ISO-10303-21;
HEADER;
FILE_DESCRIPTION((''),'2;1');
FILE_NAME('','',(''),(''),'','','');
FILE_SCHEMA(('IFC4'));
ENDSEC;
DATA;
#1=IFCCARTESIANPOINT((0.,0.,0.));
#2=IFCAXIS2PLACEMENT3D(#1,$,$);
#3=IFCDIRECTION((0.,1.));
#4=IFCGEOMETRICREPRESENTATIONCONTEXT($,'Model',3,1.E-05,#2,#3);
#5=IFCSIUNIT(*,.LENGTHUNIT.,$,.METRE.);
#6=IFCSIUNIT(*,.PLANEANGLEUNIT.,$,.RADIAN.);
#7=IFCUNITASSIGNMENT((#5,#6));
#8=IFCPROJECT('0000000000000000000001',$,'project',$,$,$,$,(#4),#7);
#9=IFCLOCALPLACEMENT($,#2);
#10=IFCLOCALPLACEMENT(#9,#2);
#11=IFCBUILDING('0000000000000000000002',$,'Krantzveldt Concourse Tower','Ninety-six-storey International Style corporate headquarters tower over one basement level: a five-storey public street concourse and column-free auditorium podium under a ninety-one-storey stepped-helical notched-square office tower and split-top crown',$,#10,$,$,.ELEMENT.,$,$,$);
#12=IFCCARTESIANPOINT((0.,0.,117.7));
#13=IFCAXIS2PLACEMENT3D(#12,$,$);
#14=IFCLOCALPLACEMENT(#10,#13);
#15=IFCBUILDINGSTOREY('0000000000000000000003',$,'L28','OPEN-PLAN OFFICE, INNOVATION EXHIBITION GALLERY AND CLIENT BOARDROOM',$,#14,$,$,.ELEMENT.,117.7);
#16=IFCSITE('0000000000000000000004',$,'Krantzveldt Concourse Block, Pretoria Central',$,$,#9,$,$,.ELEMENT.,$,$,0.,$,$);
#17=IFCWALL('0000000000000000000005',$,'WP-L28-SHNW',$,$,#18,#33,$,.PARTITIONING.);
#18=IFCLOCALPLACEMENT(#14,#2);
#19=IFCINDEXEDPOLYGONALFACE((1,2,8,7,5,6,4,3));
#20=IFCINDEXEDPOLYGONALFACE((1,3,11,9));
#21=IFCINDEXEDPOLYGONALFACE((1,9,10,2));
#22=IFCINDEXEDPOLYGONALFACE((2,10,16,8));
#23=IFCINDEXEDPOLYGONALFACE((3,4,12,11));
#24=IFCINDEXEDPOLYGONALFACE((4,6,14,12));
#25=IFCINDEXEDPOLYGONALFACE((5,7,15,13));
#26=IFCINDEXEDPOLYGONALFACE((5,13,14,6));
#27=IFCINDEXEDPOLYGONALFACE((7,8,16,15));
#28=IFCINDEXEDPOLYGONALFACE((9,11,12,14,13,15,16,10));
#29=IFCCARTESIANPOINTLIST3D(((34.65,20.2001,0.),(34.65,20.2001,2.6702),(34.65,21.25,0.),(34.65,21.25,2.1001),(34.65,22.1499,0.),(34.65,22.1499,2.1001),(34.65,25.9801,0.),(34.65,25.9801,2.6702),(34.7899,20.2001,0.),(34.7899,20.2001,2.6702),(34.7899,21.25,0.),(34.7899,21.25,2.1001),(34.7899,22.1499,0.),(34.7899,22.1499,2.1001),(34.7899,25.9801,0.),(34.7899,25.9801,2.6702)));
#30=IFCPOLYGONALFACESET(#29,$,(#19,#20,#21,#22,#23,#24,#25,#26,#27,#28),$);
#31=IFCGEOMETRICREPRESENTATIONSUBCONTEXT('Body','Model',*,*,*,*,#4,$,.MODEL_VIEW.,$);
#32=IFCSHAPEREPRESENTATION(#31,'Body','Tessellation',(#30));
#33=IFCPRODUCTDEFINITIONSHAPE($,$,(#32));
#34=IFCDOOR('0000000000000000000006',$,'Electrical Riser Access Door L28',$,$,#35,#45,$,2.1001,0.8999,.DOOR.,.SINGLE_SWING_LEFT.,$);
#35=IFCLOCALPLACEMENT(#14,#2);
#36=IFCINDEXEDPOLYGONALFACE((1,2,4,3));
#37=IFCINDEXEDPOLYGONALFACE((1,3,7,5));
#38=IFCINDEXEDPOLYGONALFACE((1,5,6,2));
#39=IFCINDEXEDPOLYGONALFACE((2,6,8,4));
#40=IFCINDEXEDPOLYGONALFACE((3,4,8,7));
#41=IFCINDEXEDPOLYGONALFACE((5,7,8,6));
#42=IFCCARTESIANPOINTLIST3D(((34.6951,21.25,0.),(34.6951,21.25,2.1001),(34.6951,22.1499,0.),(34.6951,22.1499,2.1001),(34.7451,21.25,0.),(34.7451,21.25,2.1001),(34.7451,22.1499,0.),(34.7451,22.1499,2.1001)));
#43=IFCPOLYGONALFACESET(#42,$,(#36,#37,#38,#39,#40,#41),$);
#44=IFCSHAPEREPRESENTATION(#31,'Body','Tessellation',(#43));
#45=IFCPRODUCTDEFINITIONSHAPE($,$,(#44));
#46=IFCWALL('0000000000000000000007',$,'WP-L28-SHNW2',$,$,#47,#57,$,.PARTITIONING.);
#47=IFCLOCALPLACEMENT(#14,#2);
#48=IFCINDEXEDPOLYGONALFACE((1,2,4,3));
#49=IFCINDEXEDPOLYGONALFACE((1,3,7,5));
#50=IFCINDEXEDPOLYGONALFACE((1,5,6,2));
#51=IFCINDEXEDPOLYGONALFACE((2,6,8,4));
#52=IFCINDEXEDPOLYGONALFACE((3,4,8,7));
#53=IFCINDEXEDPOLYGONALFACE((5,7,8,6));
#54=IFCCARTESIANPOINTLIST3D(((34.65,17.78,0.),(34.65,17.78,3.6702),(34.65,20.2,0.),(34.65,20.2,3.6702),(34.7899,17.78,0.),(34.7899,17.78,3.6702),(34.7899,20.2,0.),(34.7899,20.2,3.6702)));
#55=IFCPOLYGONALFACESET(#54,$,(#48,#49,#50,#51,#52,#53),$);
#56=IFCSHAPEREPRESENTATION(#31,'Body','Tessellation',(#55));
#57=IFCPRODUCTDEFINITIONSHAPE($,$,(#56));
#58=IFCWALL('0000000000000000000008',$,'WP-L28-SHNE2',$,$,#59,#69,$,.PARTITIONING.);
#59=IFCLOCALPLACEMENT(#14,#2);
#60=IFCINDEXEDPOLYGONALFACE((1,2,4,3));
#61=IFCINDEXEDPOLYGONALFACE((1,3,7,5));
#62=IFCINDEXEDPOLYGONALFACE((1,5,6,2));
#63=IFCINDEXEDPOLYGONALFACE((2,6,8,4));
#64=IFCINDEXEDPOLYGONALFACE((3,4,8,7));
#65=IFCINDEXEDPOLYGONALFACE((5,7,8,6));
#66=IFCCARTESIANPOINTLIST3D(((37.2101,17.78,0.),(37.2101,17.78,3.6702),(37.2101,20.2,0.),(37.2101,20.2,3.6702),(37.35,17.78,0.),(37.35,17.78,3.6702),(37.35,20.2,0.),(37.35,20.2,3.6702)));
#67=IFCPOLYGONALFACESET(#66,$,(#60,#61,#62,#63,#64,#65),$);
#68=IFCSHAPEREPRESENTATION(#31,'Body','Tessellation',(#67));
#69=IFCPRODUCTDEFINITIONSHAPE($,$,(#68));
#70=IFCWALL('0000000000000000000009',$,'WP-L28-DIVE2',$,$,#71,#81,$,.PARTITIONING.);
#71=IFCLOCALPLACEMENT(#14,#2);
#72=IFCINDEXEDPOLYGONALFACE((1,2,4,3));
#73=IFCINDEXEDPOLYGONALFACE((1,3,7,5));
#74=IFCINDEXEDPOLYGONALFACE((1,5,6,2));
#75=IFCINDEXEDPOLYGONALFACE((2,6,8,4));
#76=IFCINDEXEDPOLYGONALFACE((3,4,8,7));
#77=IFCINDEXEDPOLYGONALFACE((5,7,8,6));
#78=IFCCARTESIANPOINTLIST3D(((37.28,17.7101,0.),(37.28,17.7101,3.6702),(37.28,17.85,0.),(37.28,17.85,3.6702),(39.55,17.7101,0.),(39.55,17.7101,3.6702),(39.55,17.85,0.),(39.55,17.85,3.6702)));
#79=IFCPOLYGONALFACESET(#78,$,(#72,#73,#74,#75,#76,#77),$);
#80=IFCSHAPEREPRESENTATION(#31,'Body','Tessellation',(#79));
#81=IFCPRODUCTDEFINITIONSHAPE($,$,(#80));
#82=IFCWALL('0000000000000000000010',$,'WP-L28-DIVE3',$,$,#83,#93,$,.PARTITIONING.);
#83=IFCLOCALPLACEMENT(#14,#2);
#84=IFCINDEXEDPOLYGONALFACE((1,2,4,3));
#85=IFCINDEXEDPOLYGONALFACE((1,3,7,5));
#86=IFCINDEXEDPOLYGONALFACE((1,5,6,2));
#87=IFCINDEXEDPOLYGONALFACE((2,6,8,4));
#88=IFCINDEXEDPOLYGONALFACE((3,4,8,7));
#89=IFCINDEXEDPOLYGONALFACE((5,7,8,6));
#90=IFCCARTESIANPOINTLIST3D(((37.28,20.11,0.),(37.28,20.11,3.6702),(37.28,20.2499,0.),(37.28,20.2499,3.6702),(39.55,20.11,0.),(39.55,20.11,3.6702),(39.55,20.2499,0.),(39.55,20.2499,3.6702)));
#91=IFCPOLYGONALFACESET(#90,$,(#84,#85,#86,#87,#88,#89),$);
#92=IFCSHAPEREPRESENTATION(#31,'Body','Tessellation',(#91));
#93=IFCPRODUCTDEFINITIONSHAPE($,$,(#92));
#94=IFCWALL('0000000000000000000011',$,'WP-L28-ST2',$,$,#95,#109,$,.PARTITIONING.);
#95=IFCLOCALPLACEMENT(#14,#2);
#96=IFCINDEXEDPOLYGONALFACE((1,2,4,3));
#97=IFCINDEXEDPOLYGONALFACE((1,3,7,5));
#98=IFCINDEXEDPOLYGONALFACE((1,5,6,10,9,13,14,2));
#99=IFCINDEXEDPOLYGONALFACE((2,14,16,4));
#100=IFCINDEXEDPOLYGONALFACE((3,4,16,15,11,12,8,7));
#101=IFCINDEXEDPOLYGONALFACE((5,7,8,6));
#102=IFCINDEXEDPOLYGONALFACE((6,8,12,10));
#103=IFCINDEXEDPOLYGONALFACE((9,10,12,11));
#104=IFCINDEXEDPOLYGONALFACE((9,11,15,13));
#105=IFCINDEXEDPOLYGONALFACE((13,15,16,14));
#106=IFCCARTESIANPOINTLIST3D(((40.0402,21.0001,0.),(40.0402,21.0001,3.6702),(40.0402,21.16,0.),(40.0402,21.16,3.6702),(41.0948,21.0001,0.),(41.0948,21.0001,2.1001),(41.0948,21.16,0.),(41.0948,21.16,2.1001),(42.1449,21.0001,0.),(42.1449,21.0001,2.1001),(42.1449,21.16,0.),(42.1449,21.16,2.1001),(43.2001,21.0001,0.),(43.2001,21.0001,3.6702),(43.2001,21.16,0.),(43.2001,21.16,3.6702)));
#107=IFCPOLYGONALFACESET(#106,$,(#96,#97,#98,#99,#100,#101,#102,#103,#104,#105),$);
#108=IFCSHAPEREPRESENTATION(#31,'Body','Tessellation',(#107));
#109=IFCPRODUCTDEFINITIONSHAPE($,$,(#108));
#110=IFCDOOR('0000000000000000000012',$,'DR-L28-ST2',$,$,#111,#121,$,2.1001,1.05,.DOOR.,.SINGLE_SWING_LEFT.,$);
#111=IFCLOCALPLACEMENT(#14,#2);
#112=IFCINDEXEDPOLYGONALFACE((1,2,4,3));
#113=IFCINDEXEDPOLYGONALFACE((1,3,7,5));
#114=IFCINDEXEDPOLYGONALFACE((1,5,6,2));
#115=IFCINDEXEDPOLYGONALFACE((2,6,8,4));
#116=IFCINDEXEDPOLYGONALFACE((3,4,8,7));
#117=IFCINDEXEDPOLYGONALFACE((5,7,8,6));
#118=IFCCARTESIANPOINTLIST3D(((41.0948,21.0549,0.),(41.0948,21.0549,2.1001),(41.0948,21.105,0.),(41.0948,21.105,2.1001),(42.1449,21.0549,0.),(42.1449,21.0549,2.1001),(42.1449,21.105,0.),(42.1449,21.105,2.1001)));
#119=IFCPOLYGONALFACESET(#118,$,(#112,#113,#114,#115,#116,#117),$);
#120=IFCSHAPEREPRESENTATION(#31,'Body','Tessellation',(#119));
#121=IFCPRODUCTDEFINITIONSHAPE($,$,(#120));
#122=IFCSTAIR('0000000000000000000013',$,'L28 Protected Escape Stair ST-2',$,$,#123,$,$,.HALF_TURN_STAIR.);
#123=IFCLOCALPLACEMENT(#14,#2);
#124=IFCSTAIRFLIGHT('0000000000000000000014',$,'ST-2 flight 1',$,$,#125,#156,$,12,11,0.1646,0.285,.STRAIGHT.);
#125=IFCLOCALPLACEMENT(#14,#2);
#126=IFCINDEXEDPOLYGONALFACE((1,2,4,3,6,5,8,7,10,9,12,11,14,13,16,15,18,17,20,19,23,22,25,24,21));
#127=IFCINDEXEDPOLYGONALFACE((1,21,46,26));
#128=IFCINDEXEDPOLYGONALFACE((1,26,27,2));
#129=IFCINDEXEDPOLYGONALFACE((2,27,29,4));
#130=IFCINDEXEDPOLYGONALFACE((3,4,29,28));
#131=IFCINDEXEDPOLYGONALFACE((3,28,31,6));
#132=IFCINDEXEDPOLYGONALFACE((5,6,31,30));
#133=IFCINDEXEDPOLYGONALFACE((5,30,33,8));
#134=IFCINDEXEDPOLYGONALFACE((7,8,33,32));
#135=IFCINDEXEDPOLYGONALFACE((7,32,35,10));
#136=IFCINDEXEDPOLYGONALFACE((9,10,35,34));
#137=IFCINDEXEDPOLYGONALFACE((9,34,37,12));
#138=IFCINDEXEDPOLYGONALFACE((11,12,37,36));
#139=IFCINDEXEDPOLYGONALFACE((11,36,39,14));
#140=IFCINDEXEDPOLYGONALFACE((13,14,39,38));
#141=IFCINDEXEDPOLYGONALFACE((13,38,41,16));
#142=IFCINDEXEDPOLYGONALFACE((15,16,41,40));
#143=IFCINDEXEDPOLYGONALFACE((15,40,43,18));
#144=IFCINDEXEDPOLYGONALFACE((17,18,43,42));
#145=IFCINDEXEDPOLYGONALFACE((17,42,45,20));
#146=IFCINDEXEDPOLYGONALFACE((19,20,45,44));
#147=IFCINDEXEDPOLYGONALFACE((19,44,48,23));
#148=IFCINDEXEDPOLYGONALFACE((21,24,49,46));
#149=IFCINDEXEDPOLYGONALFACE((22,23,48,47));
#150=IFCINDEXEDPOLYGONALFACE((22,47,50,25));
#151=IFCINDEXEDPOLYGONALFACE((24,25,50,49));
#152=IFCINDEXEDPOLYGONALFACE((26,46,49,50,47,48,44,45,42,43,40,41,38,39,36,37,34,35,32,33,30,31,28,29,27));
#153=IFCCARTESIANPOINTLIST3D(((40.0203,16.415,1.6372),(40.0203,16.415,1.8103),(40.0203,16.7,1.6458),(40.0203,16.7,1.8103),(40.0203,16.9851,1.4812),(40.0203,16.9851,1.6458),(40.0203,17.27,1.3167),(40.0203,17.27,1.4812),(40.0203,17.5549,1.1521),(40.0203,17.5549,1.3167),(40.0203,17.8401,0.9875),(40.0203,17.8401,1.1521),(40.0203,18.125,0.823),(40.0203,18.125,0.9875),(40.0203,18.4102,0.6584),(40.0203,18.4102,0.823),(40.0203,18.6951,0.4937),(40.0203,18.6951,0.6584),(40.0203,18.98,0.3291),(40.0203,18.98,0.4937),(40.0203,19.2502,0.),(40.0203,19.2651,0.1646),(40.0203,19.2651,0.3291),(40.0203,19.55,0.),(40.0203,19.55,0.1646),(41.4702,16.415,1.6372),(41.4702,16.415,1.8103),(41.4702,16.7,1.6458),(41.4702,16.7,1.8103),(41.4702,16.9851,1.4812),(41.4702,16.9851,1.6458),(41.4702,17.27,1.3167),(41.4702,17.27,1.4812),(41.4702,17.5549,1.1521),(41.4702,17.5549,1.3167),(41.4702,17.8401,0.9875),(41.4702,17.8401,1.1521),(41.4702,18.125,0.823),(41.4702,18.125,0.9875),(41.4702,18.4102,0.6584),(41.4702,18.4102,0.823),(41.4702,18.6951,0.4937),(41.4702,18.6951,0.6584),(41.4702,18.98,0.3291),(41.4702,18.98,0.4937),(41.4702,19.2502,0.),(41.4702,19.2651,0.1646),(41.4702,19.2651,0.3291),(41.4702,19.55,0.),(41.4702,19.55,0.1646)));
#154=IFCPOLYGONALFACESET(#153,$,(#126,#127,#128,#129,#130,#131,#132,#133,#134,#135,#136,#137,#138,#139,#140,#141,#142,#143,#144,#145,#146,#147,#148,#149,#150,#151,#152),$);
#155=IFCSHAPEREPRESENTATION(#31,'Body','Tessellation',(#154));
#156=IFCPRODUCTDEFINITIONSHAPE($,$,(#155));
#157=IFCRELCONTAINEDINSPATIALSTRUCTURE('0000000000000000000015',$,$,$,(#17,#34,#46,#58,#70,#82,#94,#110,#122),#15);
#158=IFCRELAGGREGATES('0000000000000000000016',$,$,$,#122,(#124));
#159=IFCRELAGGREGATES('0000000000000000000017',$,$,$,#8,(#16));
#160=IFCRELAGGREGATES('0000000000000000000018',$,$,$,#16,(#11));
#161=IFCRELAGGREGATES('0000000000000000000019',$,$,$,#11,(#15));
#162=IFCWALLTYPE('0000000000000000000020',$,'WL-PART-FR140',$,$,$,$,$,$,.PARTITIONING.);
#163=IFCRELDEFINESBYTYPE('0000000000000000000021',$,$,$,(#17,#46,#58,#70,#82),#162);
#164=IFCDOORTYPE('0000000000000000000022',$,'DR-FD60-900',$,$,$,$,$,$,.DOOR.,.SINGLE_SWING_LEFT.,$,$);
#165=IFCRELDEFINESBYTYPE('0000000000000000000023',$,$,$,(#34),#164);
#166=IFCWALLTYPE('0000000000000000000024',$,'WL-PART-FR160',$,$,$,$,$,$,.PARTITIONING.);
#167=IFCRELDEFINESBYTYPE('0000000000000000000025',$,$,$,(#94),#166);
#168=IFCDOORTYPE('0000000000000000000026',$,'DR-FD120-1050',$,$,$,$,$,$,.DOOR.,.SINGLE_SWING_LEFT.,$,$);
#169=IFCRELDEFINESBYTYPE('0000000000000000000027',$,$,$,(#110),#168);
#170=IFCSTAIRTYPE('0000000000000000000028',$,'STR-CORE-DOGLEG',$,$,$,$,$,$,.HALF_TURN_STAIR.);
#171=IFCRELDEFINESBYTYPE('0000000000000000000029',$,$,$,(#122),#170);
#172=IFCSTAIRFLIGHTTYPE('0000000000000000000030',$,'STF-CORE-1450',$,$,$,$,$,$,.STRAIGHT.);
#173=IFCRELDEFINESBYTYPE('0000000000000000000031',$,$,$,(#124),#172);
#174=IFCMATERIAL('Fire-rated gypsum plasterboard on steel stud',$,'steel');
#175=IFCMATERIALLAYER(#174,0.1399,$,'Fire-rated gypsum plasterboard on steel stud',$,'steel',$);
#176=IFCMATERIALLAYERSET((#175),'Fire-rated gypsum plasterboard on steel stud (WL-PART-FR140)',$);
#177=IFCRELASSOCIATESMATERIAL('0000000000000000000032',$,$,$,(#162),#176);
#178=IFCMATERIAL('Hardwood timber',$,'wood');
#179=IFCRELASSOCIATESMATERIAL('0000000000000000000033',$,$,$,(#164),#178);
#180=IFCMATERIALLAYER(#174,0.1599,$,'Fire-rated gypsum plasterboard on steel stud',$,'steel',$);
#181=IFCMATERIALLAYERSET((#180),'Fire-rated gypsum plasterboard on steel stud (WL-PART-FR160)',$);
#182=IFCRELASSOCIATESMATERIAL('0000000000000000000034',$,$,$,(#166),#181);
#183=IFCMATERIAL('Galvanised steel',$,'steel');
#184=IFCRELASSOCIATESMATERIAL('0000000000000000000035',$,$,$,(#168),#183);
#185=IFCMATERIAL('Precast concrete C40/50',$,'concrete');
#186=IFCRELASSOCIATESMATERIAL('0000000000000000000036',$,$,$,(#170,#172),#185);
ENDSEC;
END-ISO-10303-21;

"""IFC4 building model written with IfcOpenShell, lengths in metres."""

from ifc_helpers import new_model, si_unit, direction, frame, frame_2d, origin, place, context, subcontext, project, spatial, polyline, rectangle, outline, extrude, material, layer, layer_set, type_object, element, fill, aggregate, save


model = new_model("IFC4")

# Units and contexts
model_context = context("Model", 3, precision=1e-05, world=origin(), true_north=direction((0.0, 1.0)))
body_context = subcontext(model_context, "Body", "Model", "MODEL_VIEW")
ifc_project = project(units=[si_unit("LENGTHUNIT", "METRE"), si_unit("PLANEANGLEUNIT", "RADIAN")], contexts=[model_context])

# Site, building, storey
site_placement = place(None, origin())
site = spatial("IfcSite", under=ifc_project, at=site_placement, Name="Krantzveldt Concourse Block, Pretoria Central", CompositionType="ELEMENT", RefElevation=0.0)
building_placement = place(site_placement, origin())
building = spatial("IfcBuilding", under=site, at=building_placement, Name="Krantzveldt Concourse Tower", Description="Ninety-six-storey International Style corporate headquarters tower over one basement level: a five-storey public street concourse and column-free auditorium podium under a ninety-one-storey stepped-helical notched-square office tower and split-top crown", CompositionType="ELEMENT")
storey_placement = place(building_placement, frame((0.0, 0.0, 117.7)))
storey = spatial("IfcBuildingStorey", under=building, at=storey_placement, Name="L28", Description="OPEN-PLAN OFFICE, INNOVATION EXHIBITION GALLERY AND CLIENT BOARDROOM", CompositionType="ELEMENT", Elevation=117.7)

# Wall, opening, door
ifc_material_1 = material(Name="Fire-rated gypsum plasterboard on steel stud", Category="steel")
ifc_layer_1 = layer(ifc_material_1, 0.1399, Name="Fire-rated gypsum plasterboard on steel stud", Category="steel")
ifc_layer_set_1 = layer_set([ifc_layer_1], Name="Fire-rated gypsum plasterboard on steel stud (WL-PART-FR140)")
wall_type_1 = type_object("IfcWallType", Name="WL-PART-FR140", PredefinedType="PARTITIONING", material=ifc_layer_set_1)
wall_1_placement = place(storey_placement, frame((34.72, 20.2, 0.0), z_axis=(0.0, 0.0, 1.0), x_axis=(0.0, 1.0, 0.0)))
wall_1 = element("IfcWall", 1, at=wall_1_placement, inside=storey, type_object=wall_type_1, Name="WP-L28-SHNW", PredefinedType="PARTITIONING", context=body_context, shape_type="SweptSolid", body=[
    extrude(rectangle(XDim=5.78, YDim=0.1399, at=frame_2d((2.8901, 0.0))), origin(), (0.0, 0.0, 1.0), 2.6702),
])
opening_1_placement = place(wall_1_placement, frame((1.05, 0.0, 0.0)))
opening_1 = element("IfcOpeningElement", 2, at=opening_1_placement, cuts=wall_1, PredefinedType="OPENING", context=body_context, shape_type="SweptSolid", body=[
    extrude(rectangle(XDim=0.8999, YDim=2.1001, at=frame_2d((0.45, 1.05))), frame((0.0, 0.0801, 0.0), z_axis=(0.0, -1.0, 0.0), x_axis=(1.0, 0.0, 0.0)), (0.0, 0.0, 1.0), 0.1599),
])
ifc_material_2 = material(Name="Hardwood timber", Category="wood")
door_type_1 = type_object("IfcDoorType", Name="DR-FD60-900", OperationType="SINGLE_SWING_LEFT", PredefinedType="DOOR", material=ifc_material_2)
door_1_placement = place(opening_1_placement, origin())
door_1 = element("IfcDoor", 3, at=door_1_placement, inside=storey, type_object=door_type_1, Name="Electrical Riser Access Door L28", OperationType="SINGLE_SWING_LEFT", OverallHeight=2.1001, OverallWidth=0.8999, PredefinedType="DOOR", context=body_context, shape_type="SweptSolid", body=[
    extrude(rectangle(XDim=0.8999, YDim=2.1001, at=frame_2d((0.45, 1.05))), frame((0.0, 0.0249, 0.0), z_axis=(0.0, -1.0, 0.0), x_axis=(1.0, 0.0, 0.0)), (0.0, 0.0, 1.0), 0.05),
])
fill(opening_1, door_1)

# Walls
for number, where, z_axis, x_axis, name in (
    (4, (34.72, 17.78, 0.0), (0.0, 0.0, 1.0), (0.0, 1.0, 0.0), "WP-L28-SHNW2"),
    (5, (37.28, 17.78, 0.0), (0.0, 0.0, 1.0), (0.0, 1.0, 0.0), "WP-L28-SHNE2"),
):
    element("IfcWall", number, at=place(storey_placement, frame(where, z_axis=z_axis, x_axis=x_axis)), inside=storey, type_object=wall_type_1, Name=name, PredefinedType="PARTITIONING", context=body_context, shape_type="SweptSolid", body=[
        extrude(rectangle(XDim=2.4199, YDim=0.1399, at=frame_2d((1.21, 0.0))), origin(), (0.0, 0.0, 1.0), 3.6702),
    ])
for number, where, z_axis, x_axis, name in (
    (6, (37.28, 17.78, 0.0), (0.0, 0.0, 1.0), (1.0, 0.0, 0.0), "WP-L28-DIVE2"),
    (7, (37.28, 20.1799, 0.0), (0.0, 0.0, 1.0), (1.0, 0.0, 0.0), "WP-L28-DIVE3"),
):
    element("IfcWall", number, at=place(storey_placement, frame(where, z_axis=z_axis, x_axis=x_axis)), inside=storey, type_object=wall_type_1, Name=name, PredefinedType="PARTITIONING", context=body_context, shape_type="SweptSolid", body=[
        extrude(rectangle(XDim=2.27, YDim=0.1399, at=frame_2d((1.135, 0.0))), origin(), (0.0, 0.0, 1.0), 3.6702),
    ])

# Wall, opening, door
ifc_layer_2 = layer(ifc_material_1, 0.1599, Name="Fire-rated gypsum plasterboard on steel stud", Category="steel")
ifc_layer_set_2 = layer_set([ifc_layer_2], Name="Fire-rated gypsum plasterboard on steel stud (WL-PART-FR160)")
wall_type_2 = type_object("IfcWallType", Name="WL-PART-FR160", PredefinedType="PARTITIONING", material=ifc_layer_set_2)
wall_2_placement = place(storey_placement, frame((40.04, 21.0801, 0.0), z_axis=(0.0, 0.0, 1.0), x_axis=(1.0, 0.0, 0.0)))
wall_2 = element("IfcWall", 8, at=wall_2_placement, inside=storey, type_object=wall_type_2, Name="WP-L28-ST2", PredefinedType="PARTITIONING", context=body_context, shape_type="SweptSolid", body=[
    extrude(rectangle(XDim=3.1599, YDim=0.1599, at=frame_2d((1.5801, 0.0))), origin(), (0.0, 0.0, 1.0), 3.6702),
])
opening_2_placement = place(wall_2_placement, frame((1.0549, 0.0, 0.0)))
opening_2 = element("IfcOpeningElement", 9, at=opening_2_placement, cuts=wall_2, PredefinedType="OPENING", context=body_context, shape_type="SweptSolid", body=[
    extrude(rectangle(XDim=1.05, YDim=2.1001, at=frame_2d((0.5249, 1.05))), frame((0.0, 0.0898, 0.0), z_axis=(0.0, -1.0, 0.0), x_axis=(1.0, 0.0, 0.0)), (0.0, 0.0, 1.0), 0.1799),
])
ifc_material_3 = material(Name="Galvanised steel", Category="steel")
door_type_2 = type_object("IfcDoorType", Name="DR-FD120-1050", OperationType="SINGLE_SWING_LEFT", PredefinedType="DOOR", material=ifc_material_3)
door_2_placement = place(opening_2_placement, origin())
door_2 = element("IfcDoor", 10, at=door_2_placement, inside=storey, type_object=door_type_2, Name="DR-L28-ST2", OperationType="SINGLE_SWING_LEFT", OverallHeight=2.1001, OverallWidth=1.05, PredefinedType="DOOR", context=body_context, shape_type="SweptSolid", body=[
    extrude(rectangle(XDim=1.05, YDim=2.1001, at=frame_2d((0.5249, 1.05))), frame((0.0, 0.0249, 0.0), z_axis=(0.0, -1.0, 0.0), x_axis=(1.0, 0.0, 0.0)), (0.0, 0.0, 1.0), 0.05),
])
fill(opening_2, door_2)

# Stair, stair flight
ifc_material_4 = material(Name="Precast concrete C40/50", Category="concrete")
stair_type = type_object("IfcStairType", Name="STR-CORE-DOGLEG", PredefinedType="HALF_TURN_STAIR", material=ifc_material_4)
stair_placement = place(storey_placement, origin())
stair = element("IfcStair", 11, at=stair_placement, inside=storey, type_object=stair_type, Name="L28 Protected Escape Stair ST-2", PredefinedType="HALF_TURN_STAIR")
stair_flight_type = type_object("IfcStairFlightType", Name="STF-CORE-1450", PredefinedType="STRAIGHT", material=ifc_material_4)
stair_flight_1_placement = place(storey_placement, frame((40.7451, 19.55, 0.0), z_axis=(0.0, 0.0, 1.0), x_axis=(0.0, -1.0, 0.0)))
stair_flight_1 = element("IfcStairFlight", 12, at=stair_flight_1_placement, type_object=stair_flight_type, Name="ST-2 flight 1", NumberOfRisers=12, NumberOfTreads=11, PredefinedType="STRAIGHT", RiserHeight=0.1646, TreadLength=0.285, context=body_context, shape_type="SweptSolid", body=[
    extrude(outline(polyline([(0.0, 0.0), (0.0, 0.1646), (0.2849, 0.1646), (0.2849, 0.3291), (0.5701, 0.3291), (0.5701, 0.4937), (0.855, 0.4937), (0.855, 0.6584), (1.1399, 0.6584), (1.1399, 0.823), (1.425, 0.823), (1.425, 0.9875), (1.71, 0.9875), (1.71, 1.1521), (1.9951, 1.1521), (1.9951, 1.3167), (2.28, 1.3167), (2.28, 1.4812), (2.5649, 1.4812), (2.5649, 1.6458), (2.8501, 1.6458), (2.8501, 1.8103), (3.135, 1.8103), (3.135, 1.9751), (3.135, 1.6372), (0.2998, 0.0), (0.0, 0.0)])), frame((0.0, 0.7251, 0.0), z_axis=(0.0, -1.0, 0.0), x_axis=(1.0, 0.0, 0.0)), (0.0, 0.0, 1.0), 1.45),
])
aggregate(stair, [stair_flight_1])

save(model, "model.ifc")
